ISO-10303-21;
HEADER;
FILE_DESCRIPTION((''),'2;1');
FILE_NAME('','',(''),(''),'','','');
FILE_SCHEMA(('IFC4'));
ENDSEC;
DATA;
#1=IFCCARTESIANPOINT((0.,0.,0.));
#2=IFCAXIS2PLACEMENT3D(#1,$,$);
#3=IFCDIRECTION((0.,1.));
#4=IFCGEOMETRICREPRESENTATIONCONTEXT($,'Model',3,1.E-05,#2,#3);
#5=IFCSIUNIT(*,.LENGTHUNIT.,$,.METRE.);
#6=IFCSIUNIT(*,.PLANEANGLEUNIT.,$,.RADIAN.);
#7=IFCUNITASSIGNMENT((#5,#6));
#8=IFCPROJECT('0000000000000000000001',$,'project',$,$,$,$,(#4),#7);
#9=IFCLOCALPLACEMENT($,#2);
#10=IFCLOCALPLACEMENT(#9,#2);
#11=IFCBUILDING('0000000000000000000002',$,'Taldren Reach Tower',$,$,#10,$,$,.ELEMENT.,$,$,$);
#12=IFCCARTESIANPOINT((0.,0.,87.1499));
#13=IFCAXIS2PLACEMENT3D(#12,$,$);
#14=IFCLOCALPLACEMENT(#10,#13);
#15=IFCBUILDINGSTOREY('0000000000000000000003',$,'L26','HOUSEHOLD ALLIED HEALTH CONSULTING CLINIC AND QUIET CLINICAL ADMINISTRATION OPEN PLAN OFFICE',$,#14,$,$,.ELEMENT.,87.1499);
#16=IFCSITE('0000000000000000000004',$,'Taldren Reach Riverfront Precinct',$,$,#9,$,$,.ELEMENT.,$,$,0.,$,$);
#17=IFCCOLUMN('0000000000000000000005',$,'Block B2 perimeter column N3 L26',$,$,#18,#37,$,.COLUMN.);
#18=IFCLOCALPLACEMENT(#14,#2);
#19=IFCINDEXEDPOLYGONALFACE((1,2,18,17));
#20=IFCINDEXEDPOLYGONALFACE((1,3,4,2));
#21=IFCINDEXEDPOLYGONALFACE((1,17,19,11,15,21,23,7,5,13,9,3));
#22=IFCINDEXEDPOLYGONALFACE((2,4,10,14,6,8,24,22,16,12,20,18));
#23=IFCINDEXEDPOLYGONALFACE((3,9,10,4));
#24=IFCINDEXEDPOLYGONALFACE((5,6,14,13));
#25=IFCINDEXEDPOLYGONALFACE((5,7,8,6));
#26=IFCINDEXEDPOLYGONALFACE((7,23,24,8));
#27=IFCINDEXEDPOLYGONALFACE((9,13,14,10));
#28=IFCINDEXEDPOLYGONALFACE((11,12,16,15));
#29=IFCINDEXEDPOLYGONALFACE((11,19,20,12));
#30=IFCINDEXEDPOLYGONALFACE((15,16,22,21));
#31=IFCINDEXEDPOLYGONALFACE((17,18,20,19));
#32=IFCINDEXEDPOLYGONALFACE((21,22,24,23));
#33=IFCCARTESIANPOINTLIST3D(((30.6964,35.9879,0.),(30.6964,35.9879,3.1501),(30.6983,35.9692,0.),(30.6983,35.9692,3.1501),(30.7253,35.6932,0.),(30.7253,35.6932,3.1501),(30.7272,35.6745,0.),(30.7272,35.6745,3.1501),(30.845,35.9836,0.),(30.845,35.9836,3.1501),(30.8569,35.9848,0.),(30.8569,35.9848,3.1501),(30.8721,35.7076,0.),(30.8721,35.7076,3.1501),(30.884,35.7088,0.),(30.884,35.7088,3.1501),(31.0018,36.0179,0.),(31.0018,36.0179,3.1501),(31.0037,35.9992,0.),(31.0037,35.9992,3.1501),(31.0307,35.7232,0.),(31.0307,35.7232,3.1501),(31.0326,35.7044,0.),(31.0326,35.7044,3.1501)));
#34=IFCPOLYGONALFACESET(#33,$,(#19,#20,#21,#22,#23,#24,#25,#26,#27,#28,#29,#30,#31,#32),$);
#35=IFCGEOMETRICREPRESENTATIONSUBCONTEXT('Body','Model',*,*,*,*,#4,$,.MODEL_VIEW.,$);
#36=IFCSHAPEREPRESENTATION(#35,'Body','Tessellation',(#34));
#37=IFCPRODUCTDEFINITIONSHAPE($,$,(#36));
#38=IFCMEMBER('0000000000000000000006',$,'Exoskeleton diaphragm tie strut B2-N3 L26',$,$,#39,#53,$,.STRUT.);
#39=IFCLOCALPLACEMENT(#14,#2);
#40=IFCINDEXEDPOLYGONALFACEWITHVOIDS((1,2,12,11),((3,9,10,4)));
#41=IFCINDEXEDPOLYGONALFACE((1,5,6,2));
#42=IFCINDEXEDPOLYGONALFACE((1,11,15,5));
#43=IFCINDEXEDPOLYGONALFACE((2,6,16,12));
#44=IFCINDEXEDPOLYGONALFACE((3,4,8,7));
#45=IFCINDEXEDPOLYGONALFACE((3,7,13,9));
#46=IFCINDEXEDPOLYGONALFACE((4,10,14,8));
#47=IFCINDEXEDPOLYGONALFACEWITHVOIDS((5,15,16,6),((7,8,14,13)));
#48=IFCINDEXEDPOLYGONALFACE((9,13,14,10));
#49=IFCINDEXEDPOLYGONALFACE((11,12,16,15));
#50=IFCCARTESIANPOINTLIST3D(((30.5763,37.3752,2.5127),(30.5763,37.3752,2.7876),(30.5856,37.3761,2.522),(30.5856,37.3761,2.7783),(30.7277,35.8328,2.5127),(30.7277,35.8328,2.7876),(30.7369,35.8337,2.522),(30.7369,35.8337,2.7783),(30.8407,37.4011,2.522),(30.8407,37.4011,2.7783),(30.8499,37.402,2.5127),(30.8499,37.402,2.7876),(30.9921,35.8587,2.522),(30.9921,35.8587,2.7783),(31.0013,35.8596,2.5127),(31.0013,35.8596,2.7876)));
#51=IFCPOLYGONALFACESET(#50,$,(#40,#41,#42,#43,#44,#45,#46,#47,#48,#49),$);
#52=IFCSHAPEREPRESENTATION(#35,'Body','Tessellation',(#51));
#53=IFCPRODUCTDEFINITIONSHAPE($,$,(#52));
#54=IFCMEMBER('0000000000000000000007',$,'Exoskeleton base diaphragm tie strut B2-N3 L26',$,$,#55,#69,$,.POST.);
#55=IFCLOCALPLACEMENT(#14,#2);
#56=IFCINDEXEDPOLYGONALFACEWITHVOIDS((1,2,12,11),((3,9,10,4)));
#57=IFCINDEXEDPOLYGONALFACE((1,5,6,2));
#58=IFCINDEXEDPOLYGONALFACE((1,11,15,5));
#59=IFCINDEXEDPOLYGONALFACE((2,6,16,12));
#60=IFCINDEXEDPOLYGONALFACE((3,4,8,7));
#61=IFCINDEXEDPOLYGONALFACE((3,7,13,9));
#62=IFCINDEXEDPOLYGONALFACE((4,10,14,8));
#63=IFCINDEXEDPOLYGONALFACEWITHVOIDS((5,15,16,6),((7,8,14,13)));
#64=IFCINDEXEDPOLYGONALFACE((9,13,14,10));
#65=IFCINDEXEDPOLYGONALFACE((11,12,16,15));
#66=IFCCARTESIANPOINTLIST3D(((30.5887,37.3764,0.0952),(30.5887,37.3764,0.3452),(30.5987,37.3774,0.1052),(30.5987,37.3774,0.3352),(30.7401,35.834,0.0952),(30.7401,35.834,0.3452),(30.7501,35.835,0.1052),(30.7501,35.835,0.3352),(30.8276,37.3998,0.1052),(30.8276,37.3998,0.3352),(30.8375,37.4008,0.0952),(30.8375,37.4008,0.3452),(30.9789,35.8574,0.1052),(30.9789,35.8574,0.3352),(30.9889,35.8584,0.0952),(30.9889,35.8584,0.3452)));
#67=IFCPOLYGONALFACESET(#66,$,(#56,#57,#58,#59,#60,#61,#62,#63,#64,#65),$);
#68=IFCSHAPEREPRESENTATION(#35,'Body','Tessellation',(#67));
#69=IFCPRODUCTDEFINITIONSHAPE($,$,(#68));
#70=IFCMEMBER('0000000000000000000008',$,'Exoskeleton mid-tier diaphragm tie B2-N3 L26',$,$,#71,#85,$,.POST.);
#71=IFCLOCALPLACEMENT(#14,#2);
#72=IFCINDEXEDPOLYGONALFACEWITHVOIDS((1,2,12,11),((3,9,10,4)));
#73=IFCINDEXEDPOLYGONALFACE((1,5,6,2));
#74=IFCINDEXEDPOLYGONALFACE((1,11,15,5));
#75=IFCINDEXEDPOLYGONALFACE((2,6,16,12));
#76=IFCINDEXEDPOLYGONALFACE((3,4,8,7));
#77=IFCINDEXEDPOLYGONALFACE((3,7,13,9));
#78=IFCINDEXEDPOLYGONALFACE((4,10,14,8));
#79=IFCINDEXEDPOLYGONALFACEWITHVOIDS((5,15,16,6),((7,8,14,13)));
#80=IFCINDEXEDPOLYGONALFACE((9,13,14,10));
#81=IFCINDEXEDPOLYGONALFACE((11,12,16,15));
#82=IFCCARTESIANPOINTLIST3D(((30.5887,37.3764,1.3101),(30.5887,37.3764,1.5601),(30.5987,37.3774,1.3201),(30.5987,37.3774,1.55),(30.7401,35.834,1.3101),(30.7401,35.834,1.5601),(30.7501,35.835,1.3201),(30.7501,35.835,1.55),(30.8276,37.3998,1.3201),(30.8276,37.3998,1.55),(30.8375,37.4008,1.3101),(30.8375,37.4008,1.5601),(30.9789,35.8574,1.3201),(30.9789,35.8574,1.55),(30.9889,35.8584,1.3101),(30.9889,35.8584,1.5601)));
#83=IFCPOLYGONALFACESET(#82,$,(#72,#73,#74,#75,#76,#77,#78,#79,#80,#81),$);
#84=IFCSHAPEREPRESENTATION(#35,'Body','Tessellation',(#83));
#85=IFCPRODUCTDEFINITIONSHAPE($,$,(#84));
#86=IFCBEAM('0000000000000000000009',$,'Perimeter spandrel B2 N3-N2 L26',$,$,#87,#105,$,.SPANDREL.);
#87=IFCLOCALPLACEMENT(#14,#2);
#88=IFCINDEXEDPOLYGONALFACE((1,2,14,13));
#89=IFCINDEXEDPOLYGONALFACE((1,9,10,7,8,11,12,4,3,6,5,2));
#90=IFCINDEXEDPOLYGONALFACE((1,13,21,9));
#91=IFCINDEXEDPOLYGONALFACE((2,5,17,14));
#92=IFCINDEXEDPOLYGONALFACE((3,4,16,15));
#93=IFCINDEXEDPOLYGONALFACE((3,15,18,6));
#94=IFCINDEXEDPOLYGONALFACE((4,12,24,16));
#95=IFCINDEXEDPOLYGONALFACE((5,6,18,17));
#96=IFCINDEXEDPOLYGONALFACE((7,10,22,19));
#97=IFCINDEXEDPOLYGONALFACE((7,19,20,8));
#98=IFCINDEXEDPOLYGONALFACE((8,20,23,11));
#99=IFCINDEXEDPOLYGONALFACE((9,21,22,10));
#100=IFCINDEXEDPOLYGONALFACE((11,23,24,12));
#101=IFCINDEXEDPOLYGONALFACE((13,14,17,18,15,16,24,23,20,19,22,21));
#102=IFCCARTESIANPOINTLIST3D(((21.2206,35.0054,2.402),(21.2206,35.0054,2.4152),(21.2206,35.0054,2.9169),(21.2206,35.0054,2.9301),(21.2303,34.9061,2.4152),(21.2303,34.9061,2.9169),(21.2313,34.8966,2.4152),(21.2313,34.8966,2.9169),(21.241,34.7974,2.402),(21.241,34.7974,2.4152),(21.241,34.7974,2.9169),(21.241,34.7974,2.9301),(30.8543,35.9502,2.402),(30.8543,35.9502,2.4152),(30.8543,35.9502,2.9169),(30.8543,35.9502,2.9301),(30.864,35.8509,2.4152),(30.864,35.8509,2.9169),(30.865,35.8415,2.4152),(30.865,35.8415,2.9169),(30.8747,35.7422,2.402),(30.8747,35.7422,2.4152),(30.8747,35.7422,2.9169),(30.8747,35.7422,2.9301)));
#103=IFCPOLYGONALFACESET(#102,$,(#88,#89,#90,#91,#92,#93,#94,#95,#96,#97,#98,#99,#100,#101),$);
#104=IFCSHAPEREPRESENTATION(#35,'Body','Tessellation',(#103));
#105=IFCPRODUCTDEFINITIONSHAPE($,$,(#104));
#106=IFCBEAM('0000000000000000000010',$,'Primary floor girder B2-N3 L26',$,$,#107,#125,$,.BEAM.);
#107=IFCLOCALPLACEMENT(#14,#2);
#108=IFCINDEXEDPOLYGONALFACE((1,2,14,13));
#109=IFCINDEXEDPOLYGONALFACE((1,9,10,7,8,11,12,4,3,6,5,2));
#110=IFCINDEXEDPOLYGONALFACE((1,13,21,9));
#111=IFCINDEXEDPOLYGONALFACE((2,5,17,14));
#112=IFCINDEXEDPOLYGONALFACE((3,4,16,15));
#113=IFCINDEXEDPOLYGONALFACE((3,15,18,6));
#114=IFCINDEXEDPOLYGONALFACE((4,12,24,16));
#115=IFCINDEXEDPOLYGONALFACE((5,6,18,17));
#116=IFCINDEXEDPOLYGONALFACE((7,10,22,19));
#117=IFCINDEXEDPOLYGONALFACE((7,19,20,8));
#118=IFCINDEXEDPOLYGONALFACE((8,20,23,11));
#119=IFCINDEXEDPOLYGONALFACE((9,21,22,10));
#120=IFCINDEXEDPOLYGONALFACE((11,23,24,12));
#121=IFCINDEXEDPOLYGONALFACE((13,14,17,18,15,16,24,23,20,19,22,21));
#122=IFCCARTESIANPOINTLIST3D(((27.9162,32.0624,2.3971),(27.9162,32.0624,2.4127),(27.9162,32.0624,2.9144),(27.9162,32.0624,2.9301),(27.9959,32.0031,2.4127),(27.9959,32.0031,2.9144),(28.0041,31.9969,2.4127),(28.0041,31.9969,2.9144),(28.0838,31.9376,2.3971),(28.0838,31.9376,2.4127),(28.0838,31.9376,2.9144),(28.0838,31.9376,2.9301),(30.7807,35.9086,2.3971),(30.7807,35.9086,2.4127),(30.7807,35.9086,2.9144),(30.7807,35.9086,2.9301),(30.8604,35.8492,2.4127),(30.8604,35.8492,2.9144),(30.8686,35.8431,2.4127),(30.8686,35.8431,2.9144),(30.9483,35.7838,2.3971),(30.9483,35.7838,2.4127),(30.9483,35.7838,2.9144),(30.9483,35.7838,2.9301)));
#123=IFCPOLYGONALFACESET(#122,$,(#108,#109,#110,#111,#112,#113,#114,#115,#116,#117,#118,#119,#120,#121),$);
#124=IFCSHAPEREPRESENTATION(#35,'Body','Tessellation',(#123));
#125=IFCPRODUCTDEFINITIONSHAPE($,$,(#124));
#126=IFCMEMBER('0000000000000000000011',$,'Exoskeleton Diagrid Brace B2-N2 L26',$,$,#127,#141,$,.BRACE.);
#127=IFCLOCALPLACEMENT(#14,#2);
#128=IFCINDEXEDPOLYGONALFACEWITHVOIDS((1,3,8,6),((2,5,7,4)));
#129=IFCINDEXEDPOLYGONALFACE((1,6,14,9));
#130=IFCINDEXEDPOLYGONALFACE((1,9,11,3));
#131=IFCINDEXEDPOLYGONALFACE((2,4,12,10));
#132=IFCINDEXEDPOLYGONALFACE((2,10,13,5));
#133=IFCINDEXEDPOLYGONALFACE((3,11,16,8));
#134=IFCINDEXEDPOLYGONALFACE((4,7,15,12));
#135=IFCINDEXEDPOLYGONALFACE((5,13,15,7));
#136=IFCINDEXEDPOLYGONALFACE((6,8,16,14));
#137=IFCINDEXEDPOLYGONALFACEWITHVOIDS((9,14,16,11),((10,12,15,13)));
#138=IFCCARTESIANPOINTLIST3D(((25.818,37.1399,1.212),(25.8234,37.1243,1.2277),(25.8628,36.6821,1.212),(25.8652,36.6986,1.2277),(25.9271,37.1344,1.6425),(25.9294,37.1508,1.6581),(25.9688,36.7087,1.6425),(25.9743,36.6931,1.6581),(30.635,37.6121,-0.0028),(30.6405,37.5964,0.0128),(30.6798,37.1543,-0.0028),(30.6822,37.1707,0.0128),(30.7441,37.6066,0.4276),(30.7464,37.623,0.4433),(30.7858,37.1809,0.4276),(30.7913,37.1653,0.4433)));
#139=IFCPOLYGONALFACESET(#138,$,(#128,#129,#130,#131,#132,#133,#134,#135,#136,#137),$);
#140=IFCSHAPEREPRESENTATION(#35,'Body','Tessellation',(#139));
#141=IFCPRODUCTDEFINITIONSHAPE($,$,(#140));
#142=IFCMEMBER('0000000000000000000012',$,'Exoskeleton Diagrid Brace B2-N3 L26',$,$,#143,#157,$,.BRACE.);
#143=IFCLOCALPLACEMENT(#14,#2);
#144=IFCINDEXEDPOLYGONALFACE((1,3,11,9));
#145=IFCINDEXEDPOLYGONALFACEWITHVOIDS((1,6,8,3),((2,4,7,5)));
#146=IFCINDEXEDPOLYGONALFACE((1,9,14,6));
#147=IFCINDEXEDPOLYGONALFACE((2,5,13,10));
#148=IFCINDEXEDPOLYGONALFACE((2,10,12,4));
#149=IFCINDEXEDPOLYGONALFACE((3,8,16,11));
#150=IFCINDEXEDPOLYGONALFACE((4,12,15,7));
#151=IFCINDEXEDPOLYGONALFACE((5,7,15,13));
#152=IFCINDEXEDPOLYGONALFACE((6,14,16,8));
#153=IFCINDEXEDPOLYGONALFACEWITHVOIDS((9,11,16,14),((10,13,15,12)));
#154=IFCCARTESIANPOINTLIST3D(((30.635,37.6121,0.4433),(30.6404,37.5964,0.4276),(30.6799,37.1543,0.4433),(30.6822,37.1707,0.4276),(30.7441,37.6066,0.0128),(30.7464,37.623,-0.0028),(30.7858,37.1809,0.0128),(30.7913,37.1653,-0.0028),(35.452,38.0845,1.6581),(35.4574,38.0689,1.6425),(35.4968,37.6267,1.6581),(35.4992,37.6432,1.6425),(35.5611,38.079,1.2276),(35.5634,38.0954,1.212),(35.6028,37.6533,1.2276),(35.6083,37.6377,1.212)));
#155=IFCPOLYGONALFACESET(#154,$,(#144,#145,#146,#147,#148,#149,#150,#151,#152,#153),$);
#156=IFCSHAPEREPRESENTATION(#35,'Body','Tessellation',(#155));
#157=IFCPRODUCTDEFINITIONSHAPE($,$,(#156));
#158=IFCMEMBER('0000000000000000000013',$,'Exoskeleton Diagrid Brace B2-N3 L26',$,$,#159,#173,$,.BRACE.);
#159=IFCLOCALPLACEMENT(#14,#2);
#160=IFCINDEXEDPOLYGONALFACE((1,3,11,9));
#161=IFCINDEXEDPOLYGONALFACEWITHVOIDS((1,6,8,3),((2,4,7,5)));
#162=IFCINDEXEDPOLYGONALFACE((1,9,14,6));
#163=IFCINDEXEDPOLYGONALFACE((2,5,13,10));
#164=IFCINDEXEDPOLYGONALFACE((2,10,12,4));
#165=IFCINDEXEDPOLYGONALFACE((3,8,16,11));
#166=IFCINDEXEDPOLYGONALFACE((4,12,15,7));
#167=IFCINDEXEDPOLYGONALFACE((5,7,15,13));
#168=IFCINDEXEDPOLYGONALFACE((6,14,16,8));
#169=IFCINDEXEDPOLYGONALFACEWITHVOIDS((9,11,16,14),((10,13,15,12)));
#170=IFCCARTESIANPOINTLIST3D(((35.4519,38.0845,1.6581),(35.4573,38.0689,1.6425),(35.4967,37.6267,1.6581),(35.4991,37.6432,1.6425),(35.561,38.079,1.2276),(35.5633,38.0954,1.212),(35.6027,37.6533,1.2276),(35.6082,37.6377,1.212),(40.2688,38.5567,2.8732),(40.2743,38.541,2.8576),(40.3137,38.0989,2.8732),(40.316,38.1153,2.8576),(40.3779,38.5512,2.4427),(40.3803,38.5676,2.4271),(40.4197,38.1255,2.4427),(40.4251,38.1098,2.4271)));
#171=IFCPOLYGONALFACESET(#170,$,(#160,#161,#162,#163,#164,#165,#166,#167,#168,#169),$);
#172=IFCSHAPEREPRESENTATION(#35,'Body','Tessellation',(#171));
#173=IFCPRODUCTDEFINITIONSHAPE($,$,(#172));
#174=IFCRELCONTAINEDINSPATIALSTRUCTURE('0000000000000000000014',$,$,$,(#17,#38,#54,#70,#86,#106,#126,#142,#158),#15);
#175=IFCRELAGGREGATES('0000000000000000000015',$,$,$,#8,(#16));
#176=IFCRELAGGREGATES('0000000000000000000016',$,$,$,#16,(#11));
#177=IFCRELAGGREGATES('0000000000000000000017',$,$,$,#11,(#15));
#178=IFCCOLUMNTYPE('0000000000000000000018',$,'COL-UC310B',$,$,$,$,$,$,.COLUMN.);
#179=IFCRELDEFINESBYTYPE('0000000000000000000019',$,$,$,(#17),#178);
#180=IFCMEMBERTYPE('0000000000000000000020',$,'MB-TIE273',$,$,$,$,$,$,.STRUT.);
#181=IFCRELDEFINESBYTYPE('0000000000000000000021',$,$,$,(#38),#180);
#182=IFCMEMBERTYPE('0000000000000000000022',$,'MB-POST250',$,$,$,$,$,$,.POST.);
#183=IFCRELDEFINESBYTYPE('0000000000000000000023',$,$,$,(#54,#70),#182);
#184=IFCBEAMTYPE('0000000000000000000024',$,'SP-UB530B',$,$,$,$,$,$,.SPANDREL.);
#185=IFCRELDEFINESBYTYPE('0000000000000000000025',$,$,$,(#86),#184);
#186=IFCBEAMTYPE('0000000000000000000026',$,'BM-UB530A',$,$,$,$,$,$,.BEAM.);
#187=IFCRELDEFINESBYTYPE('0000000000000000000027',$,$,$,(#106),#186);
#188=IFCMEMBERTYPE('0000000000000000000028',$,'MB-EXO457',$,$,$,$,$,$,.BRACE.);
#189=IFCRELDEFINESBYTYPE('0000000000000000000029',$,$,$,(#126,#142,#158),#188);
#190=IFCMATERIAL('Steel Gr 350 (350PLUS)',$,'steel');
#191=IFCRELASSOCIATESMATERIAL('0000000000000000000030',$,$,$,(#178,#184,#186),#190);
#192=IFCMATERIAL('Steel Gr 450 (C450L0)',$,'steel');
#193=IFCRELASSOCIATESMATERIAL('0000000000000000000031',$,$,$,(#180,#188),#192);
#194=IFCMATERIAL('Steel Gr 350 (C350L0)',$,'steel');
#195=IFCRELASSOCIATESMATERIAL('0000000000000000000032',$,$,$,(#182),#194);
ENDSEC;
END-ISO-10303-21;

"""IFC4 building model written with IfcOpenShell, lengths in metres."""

from ifc_helpers import new_model, si_unit, direction, frame, origin, origin_2d, place, context, subcontext, project, spatial, hollow_rectangle, i_section, extrude, source, transform, mapped, material, material_profile, profile_set, type_object, element, save


model = new_model("IFC4")

# Units and contexts
model_context = context("Model", 3, precision=1e-05, world=origin(), true_north=direction((0.0, 1.0)))
body_context = subcontext(model_context, "Body", "Model", "MODEL_VIEW")
ifc_project = project(units=[si_unit("LENGTHUNIT", "METRE"), si_unit("PLANEANGLEUNIT", "RADIAN")], contexts=[model_context])

# Site, building, storey
site_placement = place(None, origin())
site = spatial("IfcSite", under=ifc_project, at=site_placement, Name="Taldren Reach Riverfront Precinct", CompositionType="ELEMENT", RefElevation=0.0)
building_placement = place(site_placement, origin())
building = spatial("IfcBuilding", under=site, at=building_placement, Name="Taldren Reach Tower", CompositionType="ELEMENT")
storey_placement = place(building_placement, frame((0.0, 0.0, 87.1499)))
storey = spatial("IfcBuildingStorey", under=building, at=storey_placement, Name="L26", Description="HOUSEHOLD ALLIED HEALTH CONSULTING CLINIC AND QUIET CLINICAL ADMINISTRATION OPEN PLAN OFFICE", CompositionType="ELEMENT", Elevation=87.1499)

# Column
ifc_material_1 = material(Name="Steel Gr 350 (350PLUS)", Category="steel")
ifc_material_profile_1 = material_profile(ifc_material_1, i_section(OverallWidth=0.3069, OverallDepth=0.3149, WebThickness=0.012, FlangeThickness=0.0188, at=origin_2d()), Name="310UC118")
ifc_profile_set_1 = profile_set([ifc_material_profile_1], Name="Steel Gr 350 (350PLUS)")
column_type = type_object("IfcColumnType", Name="COL-UC310B", PredefinedType="COLUMN", material=ifc_profile_set_1)
shared_shape_1 = source(origin(), body_context, "Body", "SweptSolid", [
    extrude(i_section(OverallWidth=0.3069, OverallDepth=0.3149, WebThickness=0.012, FlangeThickness=0.0188, at=origin_2d()), origin(), (0.0, 0.0, 1.0), 3.1501),
])
column_placement = place(storey_placement, frame((30.8645, 35.8462, 0.0), z_axis=(0.0, 0.0, 1.0), x_axis=(0.995227, 0.097583, 0.0)))
element("IfcColumn", 1, at=column_placement, inside=storey, type_object=column_type, Name="Block B2 perimeter column N3 L26", PredefinedType="COLUMN", context=body_context, shape_type="MappedRepresentation", body=[
    mapped(shared_shape_1, transform((0.0, 0.0, 0.0), scale=1.0)),
])

# Members
ifc_material_2 = material(Name="Steel Gr 450 (C450L0)", Category="steel")
ifc_material_profile_2 = material_profile(ifc_material_2, hollow_rectangle(XDim=0.2749, YDim=0.2749, WallThickness=0.0093, at=origin_2d()), Name="275x275x9.3SHS")
ifc_profile_set_2 = profile_set([ifc_material_profile_2], Name="Steel Gr 450 (C450L0)")
member_type_1 = type_object("IfcMemberType", Name="MB-TIE273", PredefinedType="STRUT", material=ifc_profile_set_2)
shared_shape_2 = source(origin(), body_context, "Body", "SweptSolid", [
    extrude(hollow_rectangle(XDim=0.2749, YDim=0.2749, WallThickness=0.0093, at=origin_2d()), origin(), (0.0, 0.0, 1.0), 1.5498),
])
member_1_placement = place(storey_placement, frame((30.8645, 35.8462, 2.6501), z_axis=(-0.097663, 0.99522, 0.0), x_axis=(-0.99522, -0.097663, 0.0)))
element("IfcMember", 2, at=member_1_placement, inside=storey, type_object=member_type_1, Name="Exoskeleton diaphragm tie strut B2-N3 L26", PredefinedType="STRUT", context=body_context, shape_type="MappedRepresentation", body=[
    mapped(shared_shape_2, transform((0.0, 0.0, 0.0), scale=1.0)),
])
ifc_material_3 = material(Name="Steel Gr 350 (C350L0)", Category="steel")
ifc_material_profile_3 = material_profile(ifc_material_3, hollow_rectangle(XDim=0.25, YDim=0.25, WallThickness=0.01, at=origin_2d()), Name="250x250x10.0SHS")
ifc_profile_set_3 = profile_set([ifc_material_profile_3], Name="Steel Gr 350 (C350L0)")
member_type_2 = type_object("IfcMemberType", Name="MB-POST250", PredefinedType="POST", material=ifc_profile_set_3)
shared_shape_3 = source(origin(), body_context, "Body", "SweptSolid", [
    extrude(hollow_rectangle(XDim=0.25, YDim=0.25, WallThickness=0.01, at=origin_2d()), origin(), (0.0, 0.0, 1.0), 1.5498),
])
for number, where, z_axis, x_axis, name in (
    (3, (30.8645, 35.8462, 0.2202), (-0.097663, 0.99522, 0.0), (-0.99522, -0.097663, 0.0), "Exoskeleton base diaphragm tie strut B2-N3 L26"),
    (4, (30.8645, 35.8462, 1.4351), (-0.097663, 0.99522, 0.0), (-0.99522, -0.097663, 0.0), "Exoskeleton mid-tier diaphragm tie B2-N3 L26"),
):
    element("IfcMember", number, at=place(storey_placement, frame(where, z_axis=z_axis, x_axis=x_axis)), inside=storey, type_object=member_type_2, Name=name, PredefinedType="POST", context=body_context, shape_type="MappedRepresentation", body=[
        mapped(shared_shape_3, transform((0.0, 0.0, 0.0), scale=1.0)),
    ])

# Beams
ifc_material_profile_4 = material_profile(ifc_material_1, i_section(OverallWidth=0.209, OverallDepth=0.5281, WebThickness=0.0095, FlangeThickness=0.0132, at=origin_2d()), Name="530UB82.0")
ifc_profile_set_4 = profile_set([ifc_material_profile_4], Name="Steel Gr 350 (350PLUS)")
beam_type_1 = type_object("IfcBeamType", Name="SP-UB530B", PredefinedType="SPANDREL", material=ifc_profile_set_4)
shared_shape_4 = source(origin(), body_context, "Body", "SweptSolid", [
    extrude(i_section(OverallWidth=0.209, OverallDepth=0.5281, WebThickness=0.0095, FlangeThickness=0.0132, at=origin_2d()), origin(), (0.0, 0.0, 1.0), 9.6799),
])
beam_1_placement = place(storey_placement, frame((30.8645, 35.8462, 2.666), z_axis=(-0.995225, -0.097606, 0.0), x_axis=(0.097606, -0.995225, 0.0)))
element("IfcBeam", 5, at=beam_1_placement, inside=storey, type_object=beam_type_1, Name="Perimeter spandrel B2 N3-N2 L26", PredefinedType="SPANDREL", context=body_context, shape_type="MappedRepresentation", body=[
    mapped(shared_shape_4, transform((0.0, 0.0, 0.0), scale=1.0)),
])
ifc_material_profile_5 = material_profile(ifc_material_1, i_section(OverallWidth=0.209, OverallDepth=0.533, WebThickness=0.0103, FlangeThickness=0.0156, at=origin_2d()), Name="530UB92.4")
ifc_profile_set_5 = profile_set([ifc_material_profile_5], Name="Steel Gr 350 (350PLUS)")
beam_type_2 = type_object("IfcBeamType", Name="BM-UB530A", PredefinedType="BEAM", material=ifc_profile_set_5)
shared_shape_5 = source(origin(), body_context, "Body", "SweptSolid", [
    extrude(i_section(OverallWidth=0.209, OverallDepth=0.533, WebThickness=0.0103, FlangeThickness=0.0156, at=origin_2d()), origin(), (0.0, 0.0, 1.0), 4.7957),
])
beam_2_placement = place(storey_placement, frame((28.0, 32.0, 2.6636), z_axis=(0.597309, 0.802011, 0.0), x_axis=(-0.802011, 0.597309, 0.0)))
element("IfcBeam", 6, at=beam_2_placement, inside=storey, type_object=beam_type_2, Name="Primary floor girder B2-N3 L26", PredefinedType="BEAM", context=body_context, shape_type="MappedRepresentation", body=[
    mapped(shared_shape_5, transform((0.0, 0.0, 0.0), scale=1.0)),
])

# Members
ifc_material_profile_6 = material_profile(ifc_material_2, hollow_rectangle(XDim=0.46, YDim=0.46, WallThickness=0.0161, at=origin_2d()), Name="460x460x16.0SHS")
ifc_profile_set_6 = profile_set([ifc_material_profile_6], Name="Steel Gr 450 (C450L0)")
member_type_3 = type_object("IfcMemberType", Name="MB-EXO457", PredefinedType="BRACE", material=ifc_profile_set_6)
shared_shape_6 = source(origin(), body_context, "Body", "SweptSolid", [
    extrude(hollow_rectangle(XDim=0.46, YDim=0.46, WallThickness=0.0161, at=origin_2d()), origin(), (0.0, 0.0, 1.0), 4.9902),
])
for number, where, z_axis, x_axis, name in (
    (7, (30.7131, 37.3887, 0.2202), (-0.965287, -0.094621, 0.24345), (0.097556, -0.99523, 0.0), "Exoskeleton Diagrid Brace B2-N2 L26"),
    (8, (30.7131, 37.3887, 0.2202), (0.965283, 0.094669, 0.243449), (-0.097606, 0.995225, 0.0), "Exoskeleton Diagrid Brace B2-N3 L26"),
    (9, (35.53, 37.8611, 1.4351), (0.965276, 0.09462, 0.243496), (-0.097556, 0.99523, 0.0), "Exoskeleton Diagrid Brace B2-N3 L26"),
):
    element("IfcMember", number, at=place(storey_placement, frame(where, z_axis=z_axis, x_axis=x_axis)), inside=storey, type_object=member_type_3, Name=name, PredefinedType="BRACE", context=body_context, shape_type="MappedRepresentation", body=[
        mapped(shared_shape_6, transform((0.0, 0.0, 0.0), scale=1.0)),
    ])

save(model, "model.ifc")
